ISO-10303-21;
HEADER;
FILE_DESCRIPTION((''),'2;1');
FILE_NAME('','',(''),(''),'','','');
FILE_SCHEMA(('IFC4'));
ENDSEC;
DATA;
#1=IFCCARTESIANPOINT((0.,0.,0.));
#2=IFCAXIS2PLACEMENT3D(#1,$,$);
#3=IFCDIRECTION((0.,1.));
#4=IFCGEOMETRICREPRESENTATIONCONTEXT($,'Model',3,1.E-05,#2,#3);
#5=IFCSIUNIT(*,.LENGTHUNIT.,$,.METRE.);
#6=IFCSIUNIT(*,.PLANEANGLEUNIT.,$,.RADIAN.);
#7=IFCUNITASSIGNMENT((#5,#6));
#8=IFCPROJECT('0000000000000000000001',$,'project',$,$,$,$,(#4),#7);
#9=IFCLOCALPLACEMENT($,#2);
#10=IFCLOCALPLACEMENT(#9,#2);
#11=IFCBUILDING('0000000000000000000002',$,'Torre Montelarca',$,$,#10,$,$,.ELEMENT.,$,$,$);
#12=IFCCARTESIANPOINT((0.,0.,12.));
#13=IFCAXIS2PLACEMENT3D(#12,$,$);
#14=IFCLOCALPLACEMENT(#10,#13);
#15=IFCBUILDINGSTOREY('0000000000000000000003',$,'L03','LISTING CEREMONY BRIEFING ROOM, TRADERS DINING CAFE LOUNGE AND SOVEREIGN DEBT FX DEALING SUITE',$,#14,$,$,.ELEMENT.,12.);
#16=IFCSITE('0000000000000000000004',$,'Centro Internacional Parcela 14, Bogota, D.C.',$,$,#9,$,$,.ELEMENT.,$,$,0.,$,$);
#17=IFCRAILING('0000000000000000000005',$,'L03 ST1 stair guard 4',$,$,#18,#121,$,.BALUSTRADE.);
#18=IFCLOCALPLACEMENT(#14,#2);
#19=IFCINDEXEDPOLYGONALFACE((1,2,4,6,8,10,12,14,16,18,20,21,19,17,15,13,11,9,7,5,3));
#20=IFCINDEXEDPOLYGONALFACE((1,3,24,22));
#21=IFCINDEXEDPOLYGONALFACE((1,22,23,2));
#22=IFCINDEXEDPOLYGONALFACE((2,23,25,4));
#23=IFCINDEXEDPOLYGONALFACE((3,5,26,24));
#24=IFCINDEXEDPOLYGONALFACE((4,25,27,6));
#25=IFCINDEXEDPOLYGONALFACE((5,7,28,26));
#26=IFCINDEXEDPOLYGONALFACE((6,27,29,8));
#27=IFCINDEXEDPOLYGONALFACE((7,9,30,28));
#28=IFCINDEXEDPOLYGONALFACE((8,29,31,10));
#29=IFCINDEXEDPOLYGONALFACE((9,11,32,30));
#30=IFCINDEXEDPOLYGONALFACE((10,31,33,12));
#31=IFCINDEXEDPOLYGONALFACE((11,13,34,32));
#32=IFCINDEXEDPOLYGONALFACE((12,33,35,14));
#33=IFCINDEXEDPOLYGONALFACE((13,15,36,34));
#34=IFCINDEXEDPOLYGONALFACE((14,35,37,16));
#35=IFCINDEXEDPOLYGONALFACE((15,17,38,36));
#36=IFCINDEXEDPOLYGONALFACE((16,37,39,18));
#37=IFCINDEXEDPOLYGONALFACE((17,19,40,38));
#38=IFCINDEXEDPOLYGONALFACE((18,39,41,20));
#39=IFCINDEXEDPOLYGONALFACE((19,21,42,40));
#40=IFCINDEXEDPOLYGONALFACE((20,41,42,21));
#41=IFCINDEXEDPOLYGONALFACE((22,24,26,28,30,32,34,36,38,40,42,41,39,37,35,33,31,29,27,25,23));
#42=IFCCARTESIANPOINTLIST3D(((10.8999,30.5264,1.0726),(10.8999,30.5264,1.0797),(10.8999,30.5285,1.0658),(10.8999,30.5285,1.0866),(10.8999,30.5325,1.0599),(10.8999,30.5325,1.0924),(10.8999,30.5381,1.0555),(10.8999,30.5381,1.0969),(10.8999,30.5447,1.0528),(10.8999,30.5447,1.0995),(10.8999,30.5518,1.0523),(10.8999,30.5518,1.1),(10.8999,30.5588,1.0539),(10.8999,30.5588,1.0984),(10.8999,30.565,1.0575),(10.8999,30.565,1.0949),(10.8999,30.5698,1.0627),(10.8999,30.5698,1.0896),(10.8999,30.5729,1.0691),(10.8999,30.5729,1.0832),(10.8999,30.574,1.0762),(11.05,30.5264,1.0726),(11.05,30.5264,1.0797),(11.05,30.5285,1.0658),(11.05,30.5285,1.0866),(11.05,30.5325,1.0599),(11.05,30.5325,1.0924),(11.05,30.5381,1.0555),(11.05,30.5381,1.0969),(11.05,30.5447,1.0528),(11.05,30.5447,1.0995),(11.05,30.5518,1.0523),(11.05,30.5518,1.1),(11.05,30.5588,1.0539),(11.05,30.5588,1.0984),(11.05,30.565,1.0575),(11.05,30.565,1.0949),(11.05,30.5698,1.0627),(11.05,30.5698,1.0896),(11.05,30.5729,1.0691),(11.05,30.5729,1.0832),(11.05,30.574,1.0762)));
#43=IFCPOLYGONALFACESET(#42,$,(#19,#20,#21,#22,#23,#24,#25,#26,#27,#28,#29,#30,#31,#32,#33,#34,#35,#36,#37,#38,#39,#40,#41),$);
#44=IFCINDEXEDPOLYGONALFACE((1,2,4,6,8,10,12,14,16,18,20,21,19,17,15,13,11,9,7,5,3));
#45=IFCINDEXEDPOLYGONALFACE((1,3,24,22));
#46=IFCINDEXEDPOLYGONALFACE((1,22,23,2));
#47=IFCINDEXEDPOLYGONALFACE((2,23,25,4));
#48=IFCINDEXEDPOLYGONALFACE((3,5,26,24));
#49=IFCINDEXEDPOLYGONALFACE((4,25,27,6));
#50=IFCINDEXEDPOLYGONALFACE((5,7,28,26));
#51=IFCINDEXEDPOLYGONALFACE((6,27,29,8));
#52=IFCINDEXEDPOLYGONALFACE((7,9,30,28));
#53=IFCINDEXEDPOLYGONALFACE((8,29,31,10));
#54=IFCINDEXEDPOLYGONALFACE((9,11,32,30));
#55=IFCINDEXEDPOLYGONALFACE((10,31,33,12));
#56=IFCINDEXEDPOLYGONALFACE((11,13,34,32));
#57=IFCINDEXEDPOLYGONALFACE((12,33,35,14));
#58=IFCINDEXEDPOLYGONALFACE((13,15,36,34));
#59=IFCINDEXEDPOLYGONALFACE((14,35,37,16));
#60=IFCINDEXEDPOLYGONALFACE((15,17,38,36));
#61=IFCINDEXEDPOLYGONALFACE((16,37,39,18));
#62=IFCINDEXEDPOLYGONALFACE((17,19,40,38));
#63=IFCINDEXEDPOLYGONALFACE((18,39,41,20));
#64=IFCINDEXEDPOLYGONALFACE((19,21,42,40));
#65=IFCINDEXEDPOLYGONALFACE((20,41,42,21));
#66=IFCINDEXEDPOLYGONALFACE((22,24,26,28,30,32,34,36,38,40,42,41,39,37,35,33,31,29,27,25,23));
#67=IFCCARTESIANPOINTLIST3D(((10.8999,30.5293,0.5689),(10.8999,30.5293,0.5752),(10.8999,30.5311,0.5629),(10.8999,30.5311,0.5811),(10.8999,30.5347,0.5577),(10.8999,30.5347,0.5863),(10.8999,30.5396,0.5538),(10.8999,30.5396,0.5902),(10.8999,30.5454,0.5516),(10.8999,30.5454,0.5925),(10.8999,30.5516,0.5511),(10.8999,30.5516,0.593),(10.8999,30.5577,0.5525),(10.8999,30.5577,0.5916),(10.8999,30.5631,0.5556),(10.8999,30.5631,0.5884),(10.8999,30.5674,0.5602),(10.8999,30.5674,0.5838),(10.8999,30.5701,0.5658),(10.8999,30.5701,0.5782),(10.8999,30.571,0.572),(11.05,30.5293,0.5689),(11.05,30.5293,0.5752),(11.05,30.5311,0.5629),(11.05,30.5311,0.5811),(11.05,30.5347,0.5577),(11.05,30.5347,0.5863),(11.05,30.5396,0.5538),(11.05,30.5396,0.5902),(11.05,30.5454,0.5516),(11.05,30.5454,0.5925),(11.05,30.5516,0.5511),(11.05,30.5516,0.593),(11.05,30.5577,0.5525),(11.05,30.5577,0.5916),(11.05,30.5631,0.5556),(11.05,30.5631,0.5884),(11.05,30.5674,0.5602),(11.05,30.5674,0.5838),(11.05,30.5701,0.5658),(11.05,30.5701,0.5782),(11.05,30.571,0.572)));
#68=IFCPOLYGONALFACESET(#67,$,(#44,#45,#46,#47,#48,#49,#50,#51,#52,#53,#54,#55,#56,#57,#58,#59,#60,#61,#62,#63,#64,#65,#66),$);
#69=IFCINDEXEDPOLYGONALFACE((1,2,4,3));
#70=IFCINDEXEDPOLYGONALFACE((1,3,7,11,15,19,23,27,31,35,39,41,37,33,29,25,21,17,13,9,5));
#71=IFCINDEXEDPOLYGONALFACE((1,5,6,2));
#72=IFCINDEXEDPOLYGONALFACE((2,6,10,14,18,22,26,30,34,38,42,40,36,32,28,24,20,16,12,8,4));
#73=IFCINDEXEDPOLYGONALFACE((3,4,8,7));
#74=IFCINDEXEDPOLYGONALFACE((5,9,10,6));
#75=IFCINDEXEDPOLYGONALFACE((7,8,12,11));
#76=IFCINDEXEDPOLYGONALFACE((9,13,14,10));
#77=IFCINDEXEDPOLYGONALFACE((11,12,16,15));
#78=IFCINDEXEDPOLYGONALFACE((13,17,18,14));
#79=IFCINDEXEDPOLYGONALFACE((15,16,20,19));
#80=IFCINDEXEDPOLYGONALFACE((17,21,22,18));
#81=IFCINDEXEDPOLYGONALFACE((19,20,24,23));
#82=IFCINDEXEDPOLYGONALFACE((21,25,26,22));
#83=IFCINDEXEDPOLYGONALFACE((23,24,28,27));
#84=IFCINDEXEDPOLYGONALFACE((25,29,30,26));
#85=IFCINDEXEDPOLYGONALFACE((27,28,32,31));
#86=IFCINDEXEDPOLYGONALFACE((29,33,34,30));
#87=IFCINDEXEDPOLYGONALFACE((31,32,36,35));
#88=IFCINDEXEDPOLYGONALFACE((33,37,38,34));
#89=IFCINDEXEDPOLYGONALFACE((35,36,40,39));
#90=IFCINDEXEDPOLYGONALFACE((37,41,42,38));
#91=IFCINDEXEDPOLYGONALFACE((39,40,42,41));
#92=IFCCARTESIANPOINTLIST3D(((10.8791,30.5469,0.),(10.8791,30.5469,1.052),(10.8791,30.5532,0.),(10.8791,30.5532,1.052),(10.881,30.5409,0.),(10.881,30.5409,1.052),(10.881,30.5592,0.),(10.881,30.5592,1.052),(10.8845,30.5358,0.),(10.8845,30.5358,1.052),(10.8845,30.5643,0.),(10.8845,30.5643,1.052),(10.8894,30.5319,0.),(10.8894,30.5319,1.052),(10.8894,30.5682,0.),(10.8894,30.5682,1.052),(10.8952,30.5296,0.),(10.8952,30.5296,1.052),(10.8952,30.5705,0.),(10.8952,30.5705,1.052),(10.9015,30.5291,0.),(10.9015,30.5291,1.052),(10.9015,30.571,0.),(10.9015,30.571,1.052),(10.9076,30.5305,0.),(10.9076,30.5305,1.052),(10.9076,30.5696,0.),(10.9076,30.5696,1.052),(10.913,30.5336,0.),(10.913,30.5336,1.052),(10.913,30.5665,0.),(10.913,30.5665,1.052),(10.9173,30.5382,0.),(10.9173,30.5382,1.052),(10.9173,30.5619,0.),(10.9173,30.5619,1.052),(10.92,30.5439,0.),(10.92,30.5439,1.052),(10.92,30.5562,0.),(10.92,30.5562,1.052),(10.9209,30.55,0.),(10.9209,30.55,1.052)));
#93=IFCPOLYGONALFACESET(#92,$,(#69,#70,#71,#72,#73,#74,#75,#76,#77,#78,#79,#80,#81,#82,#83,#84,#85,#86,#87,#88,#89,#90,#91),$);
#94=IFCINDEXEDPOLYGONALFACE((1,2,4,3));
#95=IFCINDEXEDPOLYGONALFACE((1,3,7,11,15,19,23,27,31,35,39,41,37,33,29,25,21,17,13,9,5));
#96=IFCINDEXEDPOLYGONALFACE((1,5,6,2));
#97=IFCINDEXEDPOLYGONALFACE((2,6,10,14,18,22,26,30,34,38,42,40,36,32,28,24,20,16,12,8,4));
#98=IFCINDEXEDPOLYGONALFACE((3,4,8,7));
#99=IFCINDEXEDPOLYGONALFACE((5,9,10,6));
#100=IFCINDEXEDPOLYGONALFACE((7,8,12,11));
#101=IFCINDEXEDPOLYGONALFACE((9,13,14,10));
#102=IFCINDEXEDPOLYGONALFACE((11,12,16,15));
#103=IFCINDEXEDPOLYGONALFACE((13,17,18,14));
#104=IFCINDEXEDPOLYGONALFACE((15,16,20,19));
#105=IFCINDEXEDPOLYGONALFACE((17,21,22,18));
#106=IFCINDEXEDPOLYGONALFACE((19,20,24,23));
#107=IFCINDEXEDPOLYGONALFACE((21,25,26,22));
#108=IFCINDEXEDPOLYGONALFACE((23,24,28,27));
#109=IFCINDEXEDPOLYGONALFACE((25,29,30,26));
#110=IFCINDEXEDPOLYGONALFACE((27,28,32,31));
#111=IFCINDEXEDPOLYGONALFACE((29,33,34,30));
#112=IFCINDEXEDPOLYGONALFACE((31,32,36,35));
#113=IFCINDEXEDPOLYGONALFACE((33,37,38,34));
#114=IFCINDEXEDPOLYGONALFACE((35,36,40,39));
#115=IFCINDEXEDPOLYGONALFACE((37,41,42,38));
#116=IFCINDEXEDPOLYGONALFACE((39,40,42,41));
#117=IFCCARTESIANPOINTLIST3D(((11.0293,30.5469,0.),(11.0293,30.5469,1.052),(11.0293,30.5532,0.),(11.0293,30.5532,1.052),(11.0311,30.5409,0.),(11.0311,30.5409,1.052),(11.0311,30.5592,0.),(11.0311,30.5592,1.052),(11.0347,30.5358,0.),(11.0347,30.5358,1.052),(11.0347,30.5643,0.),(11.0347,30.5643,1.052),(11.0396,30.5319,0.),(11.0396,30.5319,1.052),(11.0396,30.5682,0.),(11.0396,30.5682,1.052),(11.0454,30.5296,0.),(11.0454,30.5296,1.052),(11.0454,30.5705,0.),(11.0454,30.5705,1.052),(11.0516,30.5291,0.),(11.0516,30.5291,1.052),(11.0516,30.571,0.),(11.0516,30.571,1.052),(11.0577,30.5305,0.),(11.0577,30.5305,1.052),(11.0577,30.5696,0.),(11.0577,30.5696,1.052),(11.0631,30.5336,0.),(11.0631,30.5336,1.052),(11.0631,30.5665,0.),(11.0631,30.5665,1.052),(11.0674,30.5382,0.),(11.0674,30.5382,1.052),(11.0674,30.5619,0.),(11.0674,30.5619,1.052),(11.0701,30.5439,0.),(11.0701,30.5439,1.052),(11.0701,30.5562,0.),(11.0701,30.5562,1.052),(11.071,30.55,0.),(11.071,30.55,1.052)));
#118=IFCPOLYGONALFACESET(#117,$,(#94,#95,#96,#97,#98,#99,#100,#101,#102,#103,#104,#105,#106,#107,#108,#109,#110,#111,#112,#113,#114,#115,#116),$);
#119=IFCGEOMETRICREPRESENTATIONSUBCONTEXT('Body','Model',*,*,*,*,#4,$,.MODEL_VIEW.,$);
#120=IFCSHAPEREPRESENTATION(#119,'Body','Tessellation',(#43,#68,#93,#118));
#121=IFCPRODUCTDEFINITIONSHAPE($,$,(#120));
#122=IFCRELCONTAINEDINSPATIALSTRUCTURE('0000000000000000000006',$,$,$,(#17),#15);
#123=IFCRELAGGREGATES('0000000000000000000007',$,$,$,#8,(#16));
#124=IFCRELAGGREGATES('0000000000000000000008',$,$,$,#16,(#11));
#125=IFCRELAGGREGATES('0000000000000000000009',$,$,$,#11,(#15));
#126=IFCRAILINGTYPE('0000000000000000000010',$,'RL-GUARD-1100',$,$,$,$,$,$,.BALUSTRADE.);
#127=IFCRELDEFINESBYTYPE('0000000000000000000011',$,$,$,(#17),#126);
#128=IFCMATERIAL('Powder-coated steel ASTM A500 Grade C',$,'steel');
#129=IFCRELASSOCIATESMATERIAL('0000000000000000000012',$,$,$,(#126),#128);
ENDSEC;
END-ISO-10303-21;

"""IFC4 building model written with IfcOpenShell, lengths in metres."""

from ifc_helpers import new_model, si_unit, direction, frame, origin, origin_2d, place, context, subcontext, project, spatial, circle, extrude, material, type_object, element, save


model = new_model("IFC4")

# Units and contexts
model_context = context("Model", 3, precision=1e-05, world=origin(), true_north=direction((0.0, 1.0)))
body_context = subcontext(model_context, "Body", "Model", "MODEL_VIEW")
ifc_project = project(units=[si_unit("LENGTHUNIT", "METRE"), si_unit("PLANEANGLEUNIT", "RADIAN")], contexts=[model_context])

# Site, building, storey
site_placement = place(None, origin())
site = spatial("IfcSite", under=ifc_project, at=site_placement, Name="Centro Internacional Parcela 14, Bogota, D.C.", CompositionType="ELEMENT", RefElevation=0.0)
building_placement = place(site_placement, origin())
building = spatial("IfcBuilding", under=site, at=building_placement, Name="Torre Montelarca", CompositionType="ELEMENT")
storey_placement = place(building_placement, frame((0.0, 0.0, 12.0)))
storey = spatial("IfcBuildingStorey", under=building, at=storey_placement, Name="L03", Description="LISTING CEREMONY BRIEFING ROOM, TRADERS DINING CAFE LOUNGE AND SOVEREIGN DEBT FX DEALING SUITE", CompositionType="ELEMENT", Elevation=12.0)

# Railing
ifc_material_1 = material(Name="Powder-coated steel ASTM A500 Grade C", Category="steel")
railing_type_1 = type_object("IfcRailingType", Name="RL-GUARD-1100", PredefinedType="BALUSTRADE", material=ifc_material_1)
railing_1_placement = place(storey_placement, frame((10.8999, 30.55, 0.0)))
element("IfcRailing", 1, at=railing_1_placement, inside=storey, type_object=railing_type_1, Name="L03 ST1 stair guard 4", PredefinedType="BALUSTRADE", context=body_context, shape_type="SweptSolid", body=[
    extrude(circle(Radius=0.0239, at=origin_2d()), frame((0.0, 0.0, 1.0762), z_axis=(1.0, 0.0, 0.0), x_axis=(0.0, 1.0, 0.0)), (0.0, 0.0, 1.0), 0.1501),
    extrude(circle(Radius=0.021, at=origin_2d()), frame((0.0, 0.0, 0.572), z_axis=(1.0, 0.0, 0.0), x_axis=(0.0, 1.0, 0.0)), (0.0, 0.0, 1.0), 0.1501),
    extrude(circle(Radius=0.021, at=origin_2d()), origin(), (0.0, 0.0, 1.0), 1.052),
    extrude(circle(Radius=0.021, at=origin_2d()), frame((0.1501, 0.0, 0.0)), (0.0, 0.0, 1.0), 1.052),
])

save(model, "model.ifc")
